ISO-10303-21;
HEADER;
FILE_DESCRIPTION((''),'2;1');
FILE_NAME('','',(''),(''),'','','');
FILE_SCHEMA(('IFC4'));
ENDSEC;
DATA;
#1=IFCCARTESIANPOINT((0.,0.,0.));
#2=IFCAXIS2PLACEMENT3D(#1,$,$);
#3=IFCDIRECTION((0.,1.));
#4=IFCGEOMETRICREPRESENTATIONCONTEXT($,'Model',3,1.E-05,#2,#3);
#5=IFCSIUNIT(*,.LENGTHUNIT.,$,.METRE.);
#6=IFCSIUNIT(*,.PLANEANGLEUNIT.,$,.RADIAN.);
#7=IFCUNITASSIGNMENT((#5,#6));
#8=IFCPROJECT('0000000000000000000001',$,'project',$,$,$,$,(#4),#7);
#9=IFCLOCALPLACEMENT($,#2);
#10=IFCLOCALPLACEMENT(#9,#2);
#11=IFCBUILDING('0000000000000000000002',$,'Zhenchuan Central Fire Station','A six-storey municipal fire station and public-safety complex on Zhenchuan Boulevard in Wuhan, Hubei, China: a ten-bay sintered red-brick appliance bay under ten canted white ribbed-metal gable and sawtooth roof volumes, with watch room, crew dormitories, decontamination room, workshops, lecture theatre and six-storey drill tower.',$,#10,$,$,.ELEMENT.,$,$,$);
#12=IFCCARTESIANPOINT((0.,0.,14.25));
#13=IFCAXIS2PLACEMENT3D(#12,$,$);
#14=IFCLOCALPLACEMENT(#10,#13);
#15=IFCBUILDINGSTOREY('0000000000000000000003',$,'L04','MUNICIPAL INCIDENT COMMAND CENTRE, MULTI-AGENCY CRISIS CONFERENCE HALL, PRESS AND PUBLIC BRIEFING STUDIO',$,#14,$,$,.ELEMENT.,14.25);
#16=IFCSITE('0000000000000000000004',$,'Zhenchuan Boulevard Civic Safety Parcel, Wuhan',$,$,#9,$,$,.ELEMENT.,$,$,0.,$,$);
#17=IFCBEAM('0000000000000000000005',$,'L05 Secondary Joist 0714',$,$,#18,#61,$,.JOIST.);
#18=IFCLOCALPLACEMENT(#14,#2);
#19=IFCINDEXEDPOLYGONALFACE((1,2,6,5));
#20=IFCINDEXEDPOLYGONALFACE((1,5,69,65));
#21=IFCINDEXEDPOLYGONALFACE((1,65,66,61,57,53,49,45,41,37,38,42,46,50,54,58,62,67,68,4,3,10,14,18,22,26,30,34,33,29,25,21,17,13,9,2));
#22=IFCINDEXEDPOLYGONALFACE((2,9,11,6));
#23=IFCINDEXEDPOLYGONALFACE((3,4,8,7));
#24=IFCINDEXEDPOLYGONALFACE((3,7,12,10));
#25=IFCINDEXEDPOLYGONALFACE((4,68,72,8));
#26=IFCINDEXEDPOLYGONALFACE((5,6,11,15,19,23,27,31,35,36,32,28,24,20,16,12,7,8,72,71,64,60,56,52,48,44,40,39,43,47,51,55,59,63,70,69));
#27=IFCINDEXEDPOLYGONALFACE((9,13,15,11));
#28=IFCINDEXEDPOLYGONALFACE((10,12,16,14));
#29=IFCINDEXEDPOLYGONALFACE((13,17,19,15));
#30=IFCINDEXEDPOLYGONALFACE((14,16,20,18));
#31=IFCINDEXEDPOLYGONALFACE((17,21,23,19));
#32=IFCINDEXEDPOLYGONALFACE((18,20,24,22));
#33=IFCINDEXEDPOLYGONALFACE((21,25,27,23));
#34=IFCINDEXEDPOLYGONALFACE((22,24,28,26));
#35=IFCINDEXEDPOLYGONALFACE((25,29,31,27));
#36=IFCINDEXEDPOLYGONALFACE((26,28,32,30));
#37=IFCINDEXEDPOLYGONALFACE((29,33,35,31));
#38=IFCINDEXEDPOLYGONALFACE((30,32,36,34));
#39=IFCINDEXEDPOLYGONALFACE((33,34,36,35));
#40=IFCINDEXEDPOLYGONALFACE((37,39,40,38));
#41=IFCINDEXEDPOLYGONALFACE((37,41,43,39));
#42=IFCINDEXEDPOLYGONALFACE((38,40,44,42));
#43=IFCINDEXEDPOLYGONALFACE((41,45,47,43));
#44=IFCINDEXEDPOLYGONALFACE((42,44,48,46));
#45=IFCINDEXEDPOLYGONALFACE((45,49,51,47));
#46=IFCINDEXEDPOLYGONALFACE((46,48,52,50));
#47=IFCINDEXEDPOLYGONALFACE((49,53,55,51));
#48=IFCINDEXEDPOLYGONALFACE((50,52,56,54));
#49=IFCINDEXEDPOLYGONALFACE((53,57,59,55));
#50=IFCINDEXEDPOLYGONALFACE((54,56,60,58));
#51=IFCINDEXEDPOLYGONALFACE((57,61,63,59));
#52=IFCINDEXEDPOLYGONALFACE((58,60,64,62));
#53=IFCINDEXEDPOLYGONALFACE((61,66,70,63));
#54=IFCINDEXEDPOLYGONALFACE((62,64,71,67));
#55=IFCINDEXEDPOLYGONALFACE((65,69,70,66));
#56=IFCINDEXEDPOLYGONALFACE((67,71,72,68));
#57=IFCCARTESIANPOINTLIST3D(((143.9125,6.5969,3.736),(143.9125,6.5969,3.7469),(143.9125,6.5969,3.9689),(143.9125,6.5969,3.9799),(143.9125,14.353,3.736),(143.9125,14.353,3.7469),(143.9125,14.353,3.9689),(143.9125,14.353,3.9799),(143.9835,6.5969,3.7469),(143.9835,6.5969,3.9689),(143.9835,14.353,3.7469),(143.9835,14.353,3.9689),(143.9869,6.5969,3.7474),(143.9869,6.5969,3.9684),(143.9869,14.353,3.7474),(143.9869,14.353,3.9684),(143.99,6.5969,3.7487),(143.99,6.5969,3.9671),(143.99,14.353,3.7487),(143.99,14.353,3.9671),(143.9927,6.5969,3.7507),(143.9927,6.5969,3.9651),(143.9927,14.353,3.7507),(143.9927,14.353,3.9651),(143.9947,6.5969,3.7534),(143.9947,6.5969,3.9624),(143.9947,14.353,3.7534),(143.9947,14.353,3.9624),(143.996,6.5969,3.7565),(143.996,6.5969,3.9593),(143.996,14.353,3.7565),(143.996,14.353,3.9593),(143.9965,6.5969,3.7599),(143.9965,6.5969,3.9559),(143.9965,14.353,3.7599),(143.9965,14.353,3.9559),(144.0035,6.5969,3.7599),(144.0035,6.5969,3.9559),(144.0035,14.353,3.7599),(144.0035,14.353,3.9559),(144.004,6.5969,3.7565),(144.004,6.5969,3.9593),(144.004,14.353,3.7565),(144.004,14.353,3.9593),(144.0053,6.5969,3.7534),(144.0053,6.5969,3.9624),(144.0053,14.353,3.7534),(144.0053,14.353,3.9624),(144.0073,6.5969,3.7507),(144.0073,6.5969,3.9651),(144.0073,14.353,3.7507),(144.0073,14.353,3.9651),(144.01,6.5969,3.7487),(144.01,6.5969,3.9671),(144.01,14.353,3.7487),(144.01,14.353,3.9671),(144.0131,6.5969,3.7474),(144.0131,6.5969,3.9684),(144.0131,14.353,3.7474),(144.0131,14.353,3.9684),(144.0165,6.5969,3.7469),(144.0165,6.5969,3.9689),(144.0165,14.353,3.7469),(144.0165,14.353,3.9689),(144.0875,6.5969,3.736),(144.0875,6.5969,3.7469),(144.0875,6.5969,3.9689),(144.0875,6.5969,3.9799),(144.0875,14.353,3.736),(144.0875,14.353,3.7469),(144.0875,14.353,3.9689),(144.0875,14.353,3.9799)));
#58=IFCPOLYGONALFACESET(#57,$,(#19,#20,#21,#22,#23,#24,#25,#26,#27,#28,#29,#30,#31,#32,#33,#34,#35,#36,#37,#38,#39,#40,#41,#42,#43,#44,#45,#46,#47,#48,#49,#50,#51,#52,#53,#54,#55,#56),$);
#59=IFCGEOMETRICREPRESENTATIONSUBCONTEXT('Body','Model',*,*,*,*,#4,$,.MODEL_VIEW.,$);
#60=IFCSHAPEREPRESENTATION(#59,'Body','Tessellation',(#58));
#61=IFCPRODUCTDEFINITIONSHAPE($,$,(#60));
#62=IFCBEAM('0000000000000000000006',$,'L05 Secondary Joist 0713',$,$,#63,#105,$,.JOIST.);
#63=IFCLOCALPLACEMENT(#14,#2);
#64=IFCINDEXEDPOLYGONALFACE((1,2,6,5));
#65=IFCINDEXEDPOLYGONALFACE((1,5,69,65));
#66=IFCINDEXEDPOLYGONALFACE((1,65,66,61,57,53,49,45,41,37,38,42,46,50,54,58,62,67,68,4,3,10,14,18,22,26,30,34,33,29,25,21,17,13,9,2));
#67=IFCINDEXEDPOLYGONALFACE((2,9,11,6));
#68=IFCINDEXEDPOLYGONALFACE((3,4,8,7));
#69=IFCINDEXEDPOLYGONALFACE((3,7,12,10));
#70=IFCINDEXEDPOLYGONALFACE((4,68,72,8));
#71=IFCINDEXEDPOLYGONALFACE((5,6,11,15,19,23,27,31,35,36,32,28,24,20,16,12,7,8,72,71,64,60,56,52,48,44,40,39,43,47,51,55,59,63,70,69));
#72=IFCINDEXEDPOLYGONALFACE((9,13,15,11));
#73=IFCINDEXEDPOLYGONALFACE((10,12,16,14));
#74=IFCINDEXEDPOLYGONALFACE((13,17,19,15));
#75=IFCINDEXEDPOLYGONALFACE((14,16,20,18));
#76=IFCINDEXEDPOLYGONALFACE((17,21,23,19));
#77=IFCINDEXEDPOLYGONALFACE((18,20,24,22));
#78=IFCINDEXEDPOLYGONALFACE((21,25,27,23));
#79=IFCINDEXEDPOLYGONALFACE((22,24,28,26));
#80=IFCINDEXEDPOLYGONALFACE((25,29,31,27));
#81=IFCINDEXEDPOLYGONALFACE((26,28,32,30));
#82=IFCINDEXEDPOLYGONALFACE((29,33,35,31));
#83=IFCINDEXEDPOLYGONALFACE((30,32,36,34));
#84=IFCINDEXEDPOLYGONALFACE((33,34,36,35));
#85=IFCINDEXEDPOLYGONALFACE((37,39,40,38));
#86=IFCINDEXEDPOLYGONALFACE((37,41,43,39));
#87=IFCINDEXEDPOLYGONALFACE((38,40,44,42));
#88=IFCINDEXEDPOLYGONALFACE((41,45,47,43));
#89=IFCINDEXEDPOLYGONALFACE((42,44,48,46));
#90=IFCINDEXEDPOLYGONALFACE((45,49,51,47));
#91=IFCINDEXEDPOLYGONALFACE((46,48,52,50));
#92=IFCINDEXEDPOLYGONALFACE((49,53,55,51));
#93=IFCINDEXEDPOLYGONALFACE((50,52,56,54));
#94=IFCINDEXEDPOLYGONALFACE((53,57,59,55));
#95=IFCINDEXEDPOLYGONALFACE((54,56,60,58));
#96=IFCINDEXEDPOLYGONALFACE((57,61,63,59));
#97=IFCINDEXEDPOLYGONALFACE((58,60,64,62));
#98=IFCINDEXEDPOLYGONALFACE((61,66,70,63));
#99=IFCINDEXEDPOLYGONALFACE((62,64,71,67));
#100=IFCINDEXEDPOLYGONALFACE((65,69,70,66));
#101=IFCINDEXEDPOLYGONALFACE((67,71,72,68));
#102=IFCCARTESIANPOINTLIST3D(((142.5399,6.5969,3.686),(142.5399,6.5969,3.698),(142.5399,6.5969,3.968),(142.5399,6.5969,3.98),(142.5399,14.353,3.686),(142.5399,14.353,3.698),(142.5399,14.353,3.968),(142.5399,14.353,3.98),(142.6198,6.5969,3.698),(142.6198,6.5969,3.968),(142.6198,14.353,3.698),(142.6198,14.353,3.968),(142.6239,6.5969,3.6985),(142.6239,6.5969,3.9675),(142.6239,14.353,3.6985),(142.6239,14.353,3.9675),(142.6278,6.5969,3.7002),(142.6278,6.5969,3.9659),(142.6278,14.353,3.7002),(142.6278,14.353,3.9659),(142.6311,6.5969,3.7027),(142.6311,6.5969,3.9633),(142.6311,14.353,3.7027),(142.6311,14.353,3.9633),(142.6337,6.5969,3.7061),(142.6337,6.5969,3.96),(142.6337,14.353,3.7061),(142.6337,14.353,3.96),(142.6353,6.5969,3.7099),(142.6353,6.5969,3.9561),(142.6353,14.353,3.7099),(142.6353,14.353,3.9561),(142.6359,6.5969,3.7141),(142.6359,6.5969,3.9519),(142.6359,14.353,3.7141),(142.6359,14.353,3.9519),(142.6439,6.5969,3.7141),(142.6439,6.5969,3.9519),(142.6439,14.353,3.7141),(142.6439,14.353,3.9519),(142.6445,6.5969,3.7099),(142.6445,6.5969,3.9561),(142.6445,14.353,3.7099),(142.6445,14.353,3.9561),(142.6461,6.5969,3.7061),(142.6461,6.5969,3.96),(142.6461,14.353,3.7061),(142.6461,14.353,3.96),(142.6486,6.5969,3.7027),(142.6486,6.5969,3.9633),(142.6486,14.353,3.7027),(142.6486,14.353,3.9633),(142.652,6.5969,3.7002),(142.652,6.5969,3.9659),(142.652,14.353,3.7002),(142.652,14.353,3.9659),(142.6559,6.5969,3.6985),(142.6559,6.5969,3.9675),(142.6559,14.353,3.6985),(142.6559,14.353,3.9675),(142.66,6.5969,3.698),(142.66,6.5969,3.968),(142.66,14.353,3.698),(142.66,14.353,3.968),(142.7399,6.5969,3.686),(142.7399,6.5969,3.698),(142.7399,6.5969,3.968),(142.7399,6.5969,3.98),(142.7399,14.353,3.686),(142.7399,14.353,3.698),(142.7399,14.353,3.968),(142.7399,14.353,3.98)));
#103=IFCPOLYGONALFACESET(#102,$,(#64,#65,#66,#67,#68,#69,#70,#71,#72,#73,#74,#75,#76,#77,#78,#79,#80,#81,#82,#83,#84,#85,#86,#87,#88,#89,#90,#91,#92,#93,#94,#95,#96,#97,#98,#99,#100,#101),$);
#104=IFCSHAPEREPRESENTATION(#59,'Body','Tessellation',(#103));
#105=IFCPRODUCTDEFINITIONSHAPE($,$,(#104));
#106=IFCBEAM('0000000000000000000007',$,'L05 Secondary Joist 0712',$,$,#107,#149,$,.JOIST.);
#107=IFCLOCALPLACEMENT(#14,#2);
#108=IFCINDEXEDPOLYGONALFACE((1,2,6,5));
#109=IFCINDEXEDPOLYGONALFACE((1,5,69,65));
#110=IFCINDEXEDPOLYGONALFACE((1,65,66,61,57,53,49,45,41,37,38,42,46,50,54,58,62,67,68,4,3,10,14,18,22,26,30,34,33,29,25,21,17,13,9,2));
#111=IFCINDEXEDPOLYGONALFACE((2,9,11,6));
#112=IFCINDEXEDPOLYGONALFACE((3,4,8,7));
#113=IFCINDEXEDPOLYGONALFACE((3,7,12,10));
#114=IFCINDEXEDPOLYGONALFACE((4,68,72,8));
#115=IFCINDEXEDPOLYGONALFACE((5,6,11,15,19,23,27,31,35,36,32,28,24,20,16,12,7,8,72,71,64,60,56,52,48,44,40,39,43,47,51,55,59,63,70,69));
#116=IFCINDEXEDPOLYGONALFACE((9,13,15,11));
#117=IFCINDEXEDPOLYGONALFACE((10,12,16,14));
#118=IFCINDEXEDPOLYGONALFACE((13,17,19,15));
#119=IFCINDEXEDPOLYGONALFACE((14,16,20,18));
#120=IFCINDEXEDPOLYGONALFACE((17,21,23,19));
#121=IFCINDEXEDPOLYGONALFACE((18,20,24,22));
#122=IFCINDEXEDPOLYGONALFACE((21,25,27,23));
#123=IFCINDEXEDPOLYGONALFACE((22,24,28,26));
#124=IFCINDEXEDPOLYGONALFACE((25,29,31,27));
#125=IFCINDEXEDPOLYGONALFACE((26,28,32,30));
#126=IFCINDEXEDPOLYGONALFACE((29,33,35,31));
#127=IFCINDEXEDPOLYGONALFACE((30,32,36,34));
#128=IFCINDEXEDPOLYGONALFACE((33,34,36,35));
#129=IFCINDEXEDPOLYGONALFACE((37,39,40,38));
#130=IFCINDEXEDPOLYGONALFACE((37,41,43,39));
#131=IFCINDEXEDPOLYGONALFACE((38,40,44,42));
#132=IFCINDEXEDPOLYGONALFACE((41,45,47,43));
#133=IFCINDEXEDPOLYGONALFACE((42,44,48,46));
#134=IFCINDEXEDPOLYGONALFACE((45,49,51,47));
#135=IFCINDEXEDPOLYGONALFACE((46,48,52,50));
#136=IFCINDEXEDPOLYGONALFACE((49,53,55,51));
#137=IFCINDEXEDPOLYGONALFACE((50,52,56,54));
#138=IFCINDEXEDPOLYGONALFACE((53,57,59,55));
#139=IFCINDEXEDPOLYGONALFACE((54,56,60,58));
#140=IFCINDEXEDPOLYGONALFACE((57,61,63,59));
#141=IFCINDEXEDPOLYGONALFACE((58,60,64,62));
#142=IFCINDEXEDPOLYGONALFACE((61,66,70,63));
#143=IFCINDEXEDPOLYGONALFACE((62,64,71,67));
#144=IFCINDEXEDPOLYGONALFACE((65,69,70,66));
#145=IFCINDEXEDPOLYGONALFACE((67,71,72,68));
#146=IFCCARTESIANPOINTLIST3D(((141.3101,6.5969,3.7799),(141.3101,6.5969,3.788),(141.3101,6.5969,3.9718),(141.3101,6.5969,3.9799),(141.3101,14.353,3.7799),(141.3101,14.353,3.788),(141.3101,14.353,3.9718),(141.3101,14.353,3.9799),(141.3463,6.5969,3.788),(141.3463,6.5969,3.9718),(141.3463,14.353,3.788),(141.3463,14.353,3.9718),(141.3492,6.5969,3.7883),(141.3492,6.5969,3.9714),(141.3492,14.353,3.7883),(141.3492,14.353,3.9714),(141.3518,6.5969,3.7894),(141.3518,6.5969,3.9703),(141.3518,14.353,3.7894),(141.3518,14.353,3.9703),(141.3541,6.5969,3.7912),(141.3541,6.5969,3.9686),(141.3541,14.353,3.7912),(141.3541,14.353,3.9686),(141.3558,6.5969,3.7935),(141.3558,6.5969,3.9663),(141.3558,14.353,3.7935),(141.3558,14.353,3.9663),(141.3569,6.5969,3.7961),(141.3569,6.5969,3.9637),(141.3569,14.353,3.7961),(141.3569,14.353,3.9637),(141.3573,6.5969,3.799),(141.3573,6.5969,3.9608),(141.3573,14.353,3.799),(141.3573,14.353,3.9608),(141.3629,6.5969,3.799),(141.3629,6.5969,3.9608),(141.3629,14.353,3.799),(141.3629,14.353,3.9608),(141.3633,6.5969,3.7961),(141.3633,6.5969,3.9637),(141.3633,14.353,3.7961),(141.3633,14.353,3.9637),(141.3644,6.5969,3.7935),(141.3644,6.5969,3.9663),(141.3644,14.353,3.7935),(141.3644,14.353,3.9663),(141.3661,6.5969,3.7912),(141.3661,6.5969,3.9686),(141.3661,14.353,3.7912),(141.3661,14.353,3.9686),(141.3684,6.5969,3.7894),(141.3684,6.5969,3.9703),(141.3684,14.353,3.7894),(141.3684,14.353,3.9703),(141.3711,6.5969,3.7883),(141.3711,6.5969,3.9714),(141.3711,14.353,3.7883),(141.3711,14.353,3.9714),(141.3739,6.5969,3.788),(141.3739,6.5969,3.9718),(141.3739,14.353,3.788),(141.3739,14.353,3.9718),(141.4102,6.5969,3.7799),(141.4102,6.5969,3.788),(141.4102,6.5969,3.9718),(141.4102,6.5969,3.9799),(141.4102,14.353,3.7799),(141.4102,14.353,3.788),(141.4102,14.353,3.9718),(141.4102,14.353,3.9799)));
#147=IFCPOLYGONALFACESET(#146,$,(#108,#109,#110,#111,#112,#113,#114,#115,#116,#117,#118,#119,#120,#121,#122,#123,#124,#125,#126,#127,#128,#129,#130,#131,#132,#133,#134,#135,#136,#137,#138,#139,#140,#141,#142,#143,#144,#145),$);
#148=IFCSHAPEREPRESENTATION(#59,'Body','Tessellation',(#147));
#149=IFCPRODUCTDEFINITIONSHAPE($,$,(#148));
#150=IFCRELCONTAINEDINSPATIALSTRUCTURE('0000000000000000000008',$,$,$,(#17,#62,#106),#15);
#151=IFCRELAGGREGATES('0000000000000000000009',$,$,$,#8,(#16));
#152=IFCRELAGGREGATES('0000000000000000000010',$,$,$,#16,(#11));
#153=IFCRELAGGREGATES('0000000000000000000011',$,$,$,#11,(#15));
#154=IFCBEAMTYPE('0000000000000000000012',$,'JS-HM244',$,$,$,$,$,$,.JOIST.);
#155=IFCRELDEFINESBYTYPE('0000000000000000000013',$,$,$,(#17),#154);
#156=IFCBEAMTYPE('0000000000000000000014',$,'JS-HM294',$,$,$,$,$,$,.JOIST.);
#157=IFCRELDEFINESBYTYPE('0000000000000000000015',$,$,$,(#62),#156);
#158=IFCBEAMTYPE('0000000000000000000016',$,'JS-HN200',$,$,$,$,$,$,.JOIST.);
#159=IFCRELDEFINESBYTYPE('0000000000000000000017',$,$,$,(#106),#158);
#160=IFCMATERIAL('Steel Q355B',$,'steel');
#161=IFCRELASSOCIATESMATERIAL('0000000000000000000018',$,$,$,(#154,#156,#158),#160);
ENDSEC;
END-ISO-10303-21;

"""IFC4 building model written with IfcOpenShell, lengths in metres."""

from ifc_helpers import new_model, si_unit, direction, frame, origin, origin_2d, place, context, subcontext, project, spatial, i_section, extrude, material, material_profile, profile_set, type_object, element, save


model = new_model("IFC4")

# Units and contexts
model_context = context("Model", 3, precision=1e-05, world=origin(), true_north=direction((0.0, 1.0)))
body_context = subcontext(model_context, "Body", "Model", "MODEL_VIEW")
ifc_project = project(units=[si_unit("LENGTHUNIT", "METRE"), si_unit("PLANEANGLEUNIT", "RADIAN")], contexts=[model_context])

# Site, building, storey
site_placement = place(None, origin())
site = spatial("IfcSite", under=ifc_project, at=site_placement, Name="Zhenchuan Boulevard Civic Safety Parcel, Wuhan", CompositionType="ELEMENT", RefElevation=0.0)
building_placement = place(site_placement, origin())
building = spatial("IfcBuilding", under=site, at=building_placement, Name="Zhenchuan Central Fire Station", Description="A six-storey municipal fire station and public-safety complex on Zhenchuan Boulevard in Wuhan, Hubei, China: a ten-bay sintered red-brick appliance bay under ten canted white ribbed-metal gable and sawtooth roof volumes, with watch room, crew dormitories, decontamination room, workshops, lecture theatre and six-storey drill tower.", CompositionType="ELEMENT")
storey_placement = place(building_placement, frame((0.0, 0.0, 14.25)))
storey = spatial("IfcBuildingStorey", under=building, at=storey_placement, Name="L04", Description="MUNICIPAL INCIDENT COMMAND CENTRE, MULTI-AGENCY CRISIS CONFERENCE HALL, PRESS AND PUBLIC BRIEFING STUDIO", CompositionType="ELEMENT", Elevation=14.25)

# Shared definitions
ifc_material_1 = material(Name="Steel Q355B", Category="steel")

# Beams
ifc_material_profile_1 = material_profile(ifc_material_1, i_section(OverallWidth=0.175, OverallDepth=0.2439, WebThickness=0.0071, FlangeThickness=0.011, FilletRadius=0.0129, at=origin_2d()), Name="HM 244x175")
ifc_profile_set_1 = profile_set([ifc_material_profile_1], Name="Steel Q355B")
beam_type_1 = type_object("IfcBeamType", Name="JS-HM244", PredefinedType="JOIST", material=ifc_profile_set_1)
beam_1_placement = place(storey_placement, frame((144.0, 6.5969, 3.8579), z_axis=(0.0, 1.0, 0.0), x_axis=(-1.0, 0.0, 0.0)))
element("IfcBeam", 1, at=beam_1_placement, inside=storey, type_object=beam_type_1, Name="L05 Secondary Joist 0714", PredefinedType="JOIST", context=body_context, shape_type="SweptSolid", body=[
    extrude(i_section(OverallWidth=0.175, OverallDepth=0.2439, WebThickness=0.0071, FlangeThickness=0.011, FilletRadius=0.0129, at=origin_2d()), origin(), (0.0, 0.0, 1.0), 7.7561),
])
ifc_material_profile_2 = material_profile(ifc_material_1, i_section(OverallWidth=0.2, OverallDepth=0.2939, WebThickness=0.0081, FlangeThickness=0.012, FilletRadius=0.0161, at=origin_2d()), Name="HM 294x200")
ifc_profile_set_2 = profile_set([ifc_material_profile_2], Name="Steel Q355B")
beam_type_2 = type_object("IfcBeamType", Name="JS-HM294", PredefinedType="JOIST", material=ifc_profile_set_2)
beam_2_placement = place(storey_placement, frame((142.6399, 6.5969, 3.833), z_axis=(0.0, 1.0, 0.0), x_axis=(-1.0, 0.0, 0.0)))
element("IfcBeam", 2, at=beam_2_placement, inside=storey, type_object=beam_type_2, Name="L05 Secondary Joist 0713", PredefinedType="JOIST", context=body_context, shape_type="SweptSolid", body=[
    extrude(i_section(OverallWidth=0.2, OverallDepth=0.2939, WebThickness=0.0081, FlangeThickness=0.012, FilletRadius=0.0161, at=origin_2d()), origin(), (0.0, 0.0, 1.0), 7.7561),
])
ifc_material_profile_3 = material_profile(ifc_material_1, i_section(OverallWidth=0.1001, OverallDepth=0.2, WebThickness=0.0056, FlangeThickness=0.0081, FilletRadius=0.011, at=origin_2d()), Name="HN 200x100")
ifc_profile_set_3 = profile_set([ifc_material_profile_3], Name="Steel Q355B")
beam_type_3 = type_object("IfcBeamType", Name="JS-HN200", PredefinedType="JOIST", material=ifc_profile_set_3)
beam_3_placement = place(storey_placement, frame((141.3601, 6.5969, 3.8799), z_axis=(0.0, 1.0, 0.0), x_axis=(-1.0, 0.0, 0.0)))
element("IfcBeam", 3, at=beam_3_placement, inside=storey, type_object=beam_type_3, Name="L05 Secondary Joist 0712", PredefinedType="JOIST", context=body_context, shape_type="SweptSolid", body=[
    extrude(i_section(OverallWidth=0.1001, OverallDepth=0.2, WebThickness=0.0056, FlangeThickness=0.0081, FilletRadius=0.011, at=origin_2d()), origin(), (0.0, 0.0, 1.0), 7.7561),
])

save(model, "model.ifc")
